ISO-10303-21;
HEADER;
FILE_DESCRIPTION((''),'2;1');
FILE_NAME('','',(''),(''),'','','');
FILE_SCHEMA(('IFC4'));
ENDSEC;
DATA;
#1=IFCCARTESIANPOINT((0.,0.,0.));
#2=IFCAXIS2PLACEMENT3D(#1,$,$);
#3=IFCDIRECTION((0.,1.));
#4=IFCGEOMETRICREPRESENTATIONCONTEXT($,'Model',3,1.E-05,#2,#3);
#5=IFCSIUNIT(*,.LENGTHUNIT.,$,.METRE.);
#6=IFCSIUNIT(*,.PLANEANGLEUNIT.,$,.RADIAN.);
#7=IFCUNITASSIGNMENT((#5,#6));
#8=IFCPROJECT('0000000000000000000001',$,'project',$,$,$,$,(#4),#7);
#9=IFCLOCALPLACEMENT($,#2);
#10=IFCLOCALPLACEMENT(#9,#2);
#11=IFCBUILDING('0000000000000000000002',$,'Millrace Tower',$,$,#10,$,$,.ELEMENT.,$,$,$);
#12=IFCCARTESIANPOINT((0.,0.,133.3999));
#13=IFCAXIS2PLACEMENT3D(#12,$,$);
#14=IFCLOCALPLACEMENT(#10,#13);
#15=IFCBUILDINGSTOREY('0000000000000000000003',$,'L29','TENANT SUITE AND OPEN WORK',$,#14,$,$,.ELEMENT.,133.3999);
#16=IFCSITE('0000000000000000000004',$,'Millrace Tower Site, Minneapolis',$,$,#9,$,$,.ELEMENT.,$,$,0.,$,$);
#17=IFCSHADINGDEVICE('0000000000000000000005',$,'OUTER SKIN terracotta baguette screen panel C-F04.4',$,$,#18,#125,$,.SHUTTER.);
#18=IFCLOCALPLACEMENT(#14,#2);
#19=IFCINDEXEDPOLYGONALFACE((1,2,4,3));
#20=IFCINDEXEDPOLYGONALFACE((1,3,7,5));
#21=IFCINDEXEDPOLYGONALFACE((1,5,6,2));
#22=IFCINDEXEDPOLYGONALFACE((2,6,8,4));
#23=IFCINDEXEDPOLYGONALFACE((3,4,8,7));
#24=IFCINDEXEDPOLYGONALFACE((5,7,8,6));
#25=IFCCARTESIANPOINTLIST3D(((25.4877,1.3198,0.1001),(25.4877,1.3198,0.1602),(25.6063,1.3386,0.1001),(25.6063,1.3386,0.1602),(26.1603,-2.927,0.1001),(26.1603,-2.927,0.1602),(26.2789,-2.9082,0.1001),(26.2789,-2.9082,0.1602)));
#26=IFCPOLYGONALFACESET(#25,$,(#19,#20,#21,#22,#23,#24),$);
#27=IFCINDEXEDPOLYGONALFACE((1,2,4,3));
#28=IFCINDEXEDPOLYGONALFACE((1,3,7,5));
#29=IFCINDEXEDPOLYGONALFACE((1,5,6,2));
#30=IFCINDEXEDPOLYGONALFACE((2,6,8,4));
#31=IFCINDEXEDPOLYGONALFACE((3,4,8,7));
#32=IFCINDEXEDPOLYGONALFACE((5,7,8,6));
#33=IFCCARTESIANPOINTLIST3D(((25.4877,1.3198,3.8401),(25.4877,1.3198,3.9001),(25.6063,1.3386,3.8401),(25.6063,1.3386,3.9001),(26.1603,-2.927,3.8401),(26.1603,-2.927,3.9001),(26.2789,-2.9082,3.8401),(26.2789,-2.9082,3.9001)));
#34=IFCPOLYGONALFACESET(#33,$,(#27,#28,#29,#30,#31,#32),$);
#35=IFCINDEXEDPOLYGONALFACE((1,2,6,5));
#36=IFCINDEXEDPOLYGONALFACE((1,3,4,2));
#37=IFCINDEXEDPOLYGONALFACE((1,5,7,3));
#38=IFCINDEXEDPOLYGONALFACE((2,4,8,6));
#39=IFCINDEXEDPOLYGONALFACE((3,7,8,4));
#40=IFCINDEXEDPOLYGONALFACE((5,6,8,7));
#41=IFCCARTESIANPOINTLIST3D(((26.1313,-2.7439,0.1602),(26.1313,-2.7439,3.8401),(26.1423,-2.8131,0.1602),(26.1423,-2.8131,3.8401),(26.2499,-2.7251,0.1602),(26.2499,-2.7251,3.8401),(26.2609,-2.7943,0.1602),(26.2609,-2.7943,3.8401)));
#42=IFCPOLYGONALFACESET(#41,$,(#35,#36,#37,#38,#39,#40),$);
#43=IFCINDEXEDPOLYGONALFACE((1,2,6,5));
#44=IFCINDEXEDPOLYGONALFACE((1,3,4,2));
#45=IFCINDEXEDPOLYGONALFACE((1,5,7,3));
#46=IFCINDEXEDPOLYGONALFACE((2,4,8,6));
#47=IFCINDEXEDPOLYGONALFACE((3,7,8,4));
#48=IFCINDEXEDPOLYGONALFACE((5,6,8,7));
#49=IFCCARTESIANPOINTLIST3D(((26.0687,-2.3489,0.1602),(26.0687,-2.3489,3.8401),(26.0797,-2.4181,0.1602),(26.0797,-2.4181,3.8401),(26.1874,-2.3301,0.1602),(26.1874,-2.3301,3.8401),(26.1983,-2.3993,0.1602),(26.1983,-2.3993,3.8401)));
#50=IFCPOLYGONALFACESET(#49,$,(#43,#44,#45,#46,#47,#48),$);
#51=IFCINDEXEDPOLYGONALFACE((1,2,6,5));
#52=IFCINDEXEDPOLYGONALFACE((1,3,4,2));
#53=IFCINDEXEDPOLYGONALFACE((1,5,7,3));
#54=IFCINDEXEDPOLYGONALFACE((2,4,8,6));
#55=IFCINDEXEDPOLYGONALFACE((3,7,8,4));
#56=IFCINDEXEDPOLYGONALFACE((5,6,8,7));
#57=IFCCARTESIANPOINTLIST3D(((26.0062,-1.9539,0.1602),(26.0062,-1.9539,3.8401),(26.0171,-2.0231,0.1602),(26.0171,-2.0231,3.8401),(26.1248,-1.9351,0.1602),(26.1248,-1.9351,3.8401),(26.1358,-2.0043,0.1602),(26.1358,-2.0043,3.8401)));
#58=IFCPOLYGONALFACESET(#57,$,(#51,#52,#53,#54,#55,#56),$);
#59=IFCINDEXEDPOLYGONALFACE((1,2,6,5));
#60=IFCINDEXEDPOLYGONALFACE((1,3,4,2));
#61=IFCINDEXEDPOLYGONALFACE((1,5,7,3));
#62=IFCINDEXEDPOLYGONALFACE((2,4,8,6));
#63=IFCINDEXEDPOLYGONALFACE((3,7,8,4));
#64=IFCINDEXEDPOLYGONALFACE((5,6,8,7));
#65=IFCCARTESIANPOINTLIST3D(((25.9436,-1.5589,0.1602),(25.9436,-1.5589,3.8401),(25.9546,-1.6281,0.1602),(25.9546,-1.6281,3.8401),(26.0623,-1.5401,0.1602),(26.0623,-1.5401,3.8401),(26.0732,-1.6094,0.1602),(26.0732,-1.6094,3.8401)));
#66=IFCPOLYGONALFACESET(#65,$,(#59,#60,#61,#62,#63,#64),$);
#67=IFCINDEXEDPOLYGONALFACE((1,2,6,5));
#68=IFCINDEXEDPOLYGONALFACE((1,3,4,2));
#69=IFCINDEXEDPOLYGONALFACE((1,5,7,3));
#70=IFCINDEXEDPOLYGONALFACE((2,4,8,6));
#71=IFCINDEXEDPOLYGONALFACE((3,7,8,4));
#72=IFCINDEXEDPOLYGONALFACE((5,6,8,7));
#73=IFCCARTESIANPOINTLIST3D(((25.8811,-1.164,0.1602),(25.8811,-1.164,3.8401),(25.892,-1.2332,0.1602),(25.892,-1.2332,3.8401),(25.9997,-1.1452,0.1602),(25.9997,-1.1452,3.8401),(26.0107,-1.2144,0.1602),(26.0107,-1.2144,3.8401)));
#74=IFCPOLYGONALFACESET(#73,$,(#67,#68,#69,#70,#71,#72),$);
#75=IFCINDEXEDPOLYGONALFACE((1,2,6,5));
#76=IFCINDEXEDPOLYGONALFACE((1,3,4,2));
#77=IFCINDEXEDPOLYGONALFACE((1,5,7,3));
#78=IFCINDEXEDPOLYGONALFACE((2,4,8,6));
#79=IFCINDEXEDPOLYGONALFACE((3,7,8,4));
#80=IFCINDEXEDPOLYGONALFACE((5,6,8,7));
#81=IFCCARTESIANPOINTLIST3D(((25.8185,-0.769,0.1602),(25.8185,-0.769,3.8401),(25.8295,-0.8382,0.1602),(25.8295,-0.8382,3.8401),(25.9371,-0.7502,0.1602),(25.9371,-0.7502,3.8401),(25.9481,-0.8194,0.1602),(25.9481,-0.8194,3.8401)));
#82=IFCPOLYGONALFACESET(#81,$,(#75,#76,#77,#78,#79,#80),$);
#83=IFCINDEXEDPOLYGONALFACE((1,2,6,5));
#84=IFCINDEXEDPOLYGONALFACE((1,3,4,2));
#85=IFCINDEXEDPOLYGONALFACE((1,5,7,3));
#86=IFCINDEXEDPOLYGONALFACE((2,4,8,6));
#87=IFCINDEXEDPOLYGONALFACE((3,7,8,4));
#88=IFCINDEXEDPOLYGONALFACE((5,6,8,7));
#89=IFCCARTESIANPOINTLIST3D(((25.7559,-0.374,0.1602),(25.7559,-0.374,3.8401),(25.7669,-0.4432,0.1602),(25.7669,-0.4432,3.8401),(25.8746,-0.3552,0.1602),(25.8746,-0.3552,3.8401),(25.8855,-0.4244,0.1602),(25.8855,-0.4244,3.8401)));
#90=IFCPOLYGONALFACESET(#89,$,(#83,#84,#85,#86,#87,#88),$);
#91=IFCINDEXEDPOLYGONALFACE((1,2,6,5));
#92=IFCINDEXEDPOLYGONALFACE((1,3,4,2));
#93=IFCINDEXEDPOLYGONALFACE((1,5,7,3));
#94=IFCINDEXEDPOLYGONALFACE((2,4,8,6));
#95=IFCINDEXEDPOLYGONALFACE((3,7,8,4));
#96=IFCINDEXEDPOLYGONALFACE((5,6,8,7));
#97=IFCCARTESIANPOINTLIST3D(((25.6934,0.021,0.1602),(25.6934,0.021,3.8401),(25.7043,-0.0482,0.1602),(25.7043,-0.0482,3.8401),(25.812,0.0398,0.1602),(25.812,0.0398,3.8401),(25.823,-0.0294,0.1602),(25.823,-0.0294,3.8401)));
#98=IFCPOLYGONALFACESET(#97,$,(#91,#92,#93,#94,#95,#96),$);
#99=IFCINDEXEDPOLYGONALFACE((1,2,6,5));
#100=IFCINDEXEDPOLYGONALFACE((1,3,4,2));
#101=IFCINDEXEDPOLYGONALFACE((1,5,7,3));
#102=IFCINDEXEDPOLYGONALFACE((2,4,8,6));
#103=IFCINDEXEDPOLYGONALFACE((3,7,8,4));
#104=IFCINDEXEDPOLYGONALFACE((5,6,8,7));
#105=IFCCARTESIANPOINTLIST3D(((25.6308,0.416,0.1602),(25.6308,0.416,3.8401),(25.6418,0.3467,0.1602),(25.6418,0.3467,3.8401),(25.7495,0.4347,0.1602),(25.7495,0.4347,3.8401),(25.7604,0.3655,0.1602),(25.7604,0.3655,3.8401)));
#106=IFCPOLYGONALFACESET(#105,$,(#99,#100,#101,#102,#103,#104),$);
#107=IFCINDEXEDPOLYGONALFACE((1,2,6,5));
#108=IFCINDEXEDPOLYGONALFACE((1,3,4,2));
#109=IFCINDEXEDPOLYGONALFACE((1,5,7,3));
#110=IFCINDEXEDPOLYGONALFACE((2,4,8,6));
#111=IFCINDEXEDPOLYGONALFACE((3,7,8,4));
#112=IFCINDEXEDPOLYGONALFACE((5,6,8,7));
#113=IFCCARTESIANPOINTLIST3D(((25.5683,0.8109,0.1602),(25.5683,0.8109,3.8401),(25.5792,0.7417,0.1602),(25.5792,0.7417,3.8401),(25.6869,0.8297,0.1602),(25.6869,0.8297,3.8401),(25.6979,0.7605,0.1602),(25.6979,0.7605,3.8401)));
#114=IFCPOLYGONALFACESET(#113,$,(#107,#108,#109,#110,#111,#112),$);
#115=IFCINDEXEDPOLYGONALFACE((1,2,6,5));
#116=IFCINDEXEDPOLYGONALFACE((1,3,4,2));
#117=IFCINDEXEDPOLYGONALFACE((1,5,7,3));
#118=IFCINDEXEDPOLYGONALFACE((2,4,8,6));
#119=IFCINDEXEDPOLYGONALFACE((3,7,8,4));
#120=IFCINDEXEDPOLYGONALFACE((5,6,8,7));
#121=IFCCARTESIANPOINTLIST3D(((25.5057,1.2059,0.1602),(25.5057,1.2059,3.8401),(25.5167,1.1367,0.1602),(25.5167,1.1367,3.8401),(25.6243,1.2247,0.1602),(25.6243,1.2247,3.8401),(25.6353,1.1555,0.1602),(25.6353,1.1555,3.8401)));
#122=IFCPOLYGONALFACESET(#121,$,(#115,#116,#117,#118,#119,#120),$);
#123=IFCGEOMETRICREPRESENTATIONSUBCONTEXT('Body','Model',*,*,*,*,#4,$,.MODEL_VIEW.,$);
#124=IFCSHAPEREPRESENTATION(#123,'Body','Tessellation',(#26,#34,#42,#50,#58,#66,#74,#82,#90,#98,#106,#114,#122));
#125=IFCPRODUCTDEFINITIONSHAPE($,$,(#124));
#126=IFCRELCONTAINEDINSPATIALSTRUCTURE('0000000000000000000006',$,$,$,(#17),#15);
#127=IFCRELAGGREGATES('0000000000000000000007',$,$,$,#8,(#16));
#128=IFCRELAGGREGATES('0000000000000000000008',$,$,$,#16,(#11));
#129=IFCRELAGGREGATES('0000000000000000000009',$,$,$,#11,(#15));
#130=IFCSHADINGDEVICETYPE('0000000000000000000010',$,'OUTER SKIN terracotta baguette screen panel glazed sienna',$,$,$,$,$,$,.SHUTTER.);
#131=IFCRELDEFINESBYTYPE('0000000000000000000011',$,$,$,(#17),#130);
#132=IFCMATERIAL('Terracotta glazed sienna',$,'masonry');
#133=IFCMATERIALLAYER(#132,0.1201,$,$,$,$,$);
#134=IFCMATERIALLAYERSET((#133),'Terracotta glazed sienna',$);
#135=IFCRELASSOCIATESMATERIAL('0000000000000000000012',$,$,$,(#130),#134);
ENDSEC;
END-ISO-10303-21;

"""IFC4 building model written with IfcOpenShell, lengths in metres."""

from ifc_helpers import new_model, entity, si_unit, direction, frame, frame_2d, origin, origin_2d, place, context, subcontext, project, spatial, rectangle, extrude, source, transform, mapped, material, layer, layer_set, type_object, element, save


model = new_model("IFC4")

# Units and contexts
model_context = context("Model", 3, precision=1e-05, world=origin(), true_north=direction((0.0, 1.0)))
body_context = subcontext(model_context, "Body", "Model", "MODEL_VIEW")
ifc_project = project(units=[si_unit("LENGTHUNIT", "METRE"), si_unit("PLANEANGLEUNIT", "RADIAN")], contexts=[model_context])

# Site, building, storey
site_placement = place(None, origin())
site = spatial("IfcSite", under=ifc_project, at=site_placement, Name="Millrace Tower Site, Minneapolis", CompositionType="ELEMENT", RefElevation=0.0)
building_placement = place(site_placement, origin())
building = spatial("IfcBuilding", under=site, at=building_placement, Name="Millrace Tower", CompositionType="ELEMENT")
storey_placement = place(building_placement, frame((0.0, 0.0, 133.3999)))
storey = spatial("IfcBuildingStorey", under=building, at=storey_placement, Name="L29", Description="TENANT SUITE AND OPEN WORK", CompositionType="ELEMENT", Elevation=133.3999)

# Shading device
ifc_material_1 = material(Name="Terracotta glazed sienna", Category="masonry")
ifc_layer_1 = layer(ifc_material_1, 0.1201)
ifc_layer_set_1 = layer_set([ifc_layer_1], Name="Terracotta glazed sienna")
shading_device_type = type_object("IfcShadingDeviceType", Name="OUTER SKIN terracotta baguette screen panel glazed sienna", PredefinedType="SHUTTER", material=ifc_layer_set_1)
cartesian_point = entity("IfcCartesianPoint", [-2.1499, 0.0601])
shared_polyline = entity("IfcPolyline", [cartesian_point, entity("IfcCartesianPoint", [2.1499, 0.0601]), entity("IfcCartesianPoint", [2.1499, -0.0601]), entity("IfcCartesianPoint", [-2.1499, -0.0601]), cartesian_point])
shared_shape = source(origin(), body_context, "Body", "SweptSolid", [
    entity("IfcExtrudedAreaSolid", entity("IfcArbitraryClosedProfileDef", "AREA", None, shared_polyline), entity("IfcAxis2Placement3D", entity("IfcCartesianPoint", [0.0, 0.0, 0.0])), entity("IfcDirection", [0.0, 0.0, 1.0]), 0.0601),
    entity("IfcExtrudedAreaSolid", entity("IfcArbitraryClosedProfileDef", "AREA", None, shared_polyline), entity("IfcAxis2Placement3D", entity("IfcCartesianPoint", [0.0, 0.0, 3.74])), entity("IfcDirection", [0.0, 0.0, 1.0]), 0.0601),
    extrude(rectangle(XDim=0.0701, YDim=0.1201, at=frame_2d((-1.9995, 0.0))), frame((0.0, 0.0, 0.0601)), (0.0, 0.0, 1.0), 3.6799),
    extrude(rectangle(XDim=0.0701, YDim=0.1201, at=frame_2d((-1.5996, 0.0))), frame((0.0, 0.0, 0.0601)), (0.0, 0.0, 1.0), 3.6799),
    extrude(rectangle(XDim=0.0701, YDim=0.1201, at=frame_2d((-1.1997, 0.0))), frame((0.0, 0.0, 0.0601)), (0.0, 0.0, 1.0), 3.6799),
    extrude(rectangle(XDim=0.0701, YDim=0.1201, at=frame_2d((-0.7998, 0.0))), frame((0.0, 0.0, 0.0601)), (0.0, 0.0, 1.0), 3.6799),
    extrude(rectangle(XDim=0.0701, YDim=0.1201, at=frame_2d((-0.3999, 0.0))), frame((0.0, 0.0, 0.0601)), (0.0, 0.0, 1.0), 3.6799),
    extrude(rectangle(XDim=0.0701, YDim=0.1201, at=origin_2d()), frame((0.0, 0.0, 0.0601)), (0.0, 0.0, 1.0), 3.6799),
    extrude(rectangle(XDim=0.0701, YDim=0.1201, at=frame_2d((0.3999, 0.0))), frame((0.0, 0.0, 0.0601)), (0.0, 0.0, 1.0), 3.6799),
    extrude(rectangle(XDim=0.0701, YDim=0.1201, at=frame_2d((0.7998, 0.0))), frame((0.0, 0.0, 0.0601)), (0.0, 0.0, 1.0), 3.6799),
    extrude(rectangle(XDim=0.0701, YDim=0.1201, at=frame_2d((1.1997, 0.0))), frame((0.0, 0.0, 0.0601)), (0.0, 0.0, 1.0), 3.6799),
    extrude(rectangle(XDim=0.0701, YDim=0.1201, at=frame_2d((1.5996, 0.0))), frame((0.0, 0.0, 0.0601)), (0.0, 0.0, 1.0), 3.6799),
    extrude(rectangle(XDim=0.0701, YDim=0.1201, at=frame_2d((1.9995, 0.0))), frame((0.0, 0.0, 0.0601)), (0.0, 0.0, 1.0), 3.6799),
])
for number, where, z_axis, x_axis, name in (
    (1, (25.8833, -0.7942, 0.1001), (0.0, 0.0, 1.0), (-0.156434, 0.987688, 0.0), "OUTER SKIN terracotta baguette screen panel C-F04.4"),
):
    element("IfcShadingDevice", number, at=place(storey_placement, frame(where, z_axis=z_axis, x_axis=x_axis)), inside=storey, type_object=shading_device_type, Name=name, PredefinedType="SHUTTER", context=body_context, shape_type="MappedRepresentation", body=[
        mapped(shared_shape, transform((0.0, 0.0, 0.0), scale=1.0)),
    ])

save(model, "model.ifc")
